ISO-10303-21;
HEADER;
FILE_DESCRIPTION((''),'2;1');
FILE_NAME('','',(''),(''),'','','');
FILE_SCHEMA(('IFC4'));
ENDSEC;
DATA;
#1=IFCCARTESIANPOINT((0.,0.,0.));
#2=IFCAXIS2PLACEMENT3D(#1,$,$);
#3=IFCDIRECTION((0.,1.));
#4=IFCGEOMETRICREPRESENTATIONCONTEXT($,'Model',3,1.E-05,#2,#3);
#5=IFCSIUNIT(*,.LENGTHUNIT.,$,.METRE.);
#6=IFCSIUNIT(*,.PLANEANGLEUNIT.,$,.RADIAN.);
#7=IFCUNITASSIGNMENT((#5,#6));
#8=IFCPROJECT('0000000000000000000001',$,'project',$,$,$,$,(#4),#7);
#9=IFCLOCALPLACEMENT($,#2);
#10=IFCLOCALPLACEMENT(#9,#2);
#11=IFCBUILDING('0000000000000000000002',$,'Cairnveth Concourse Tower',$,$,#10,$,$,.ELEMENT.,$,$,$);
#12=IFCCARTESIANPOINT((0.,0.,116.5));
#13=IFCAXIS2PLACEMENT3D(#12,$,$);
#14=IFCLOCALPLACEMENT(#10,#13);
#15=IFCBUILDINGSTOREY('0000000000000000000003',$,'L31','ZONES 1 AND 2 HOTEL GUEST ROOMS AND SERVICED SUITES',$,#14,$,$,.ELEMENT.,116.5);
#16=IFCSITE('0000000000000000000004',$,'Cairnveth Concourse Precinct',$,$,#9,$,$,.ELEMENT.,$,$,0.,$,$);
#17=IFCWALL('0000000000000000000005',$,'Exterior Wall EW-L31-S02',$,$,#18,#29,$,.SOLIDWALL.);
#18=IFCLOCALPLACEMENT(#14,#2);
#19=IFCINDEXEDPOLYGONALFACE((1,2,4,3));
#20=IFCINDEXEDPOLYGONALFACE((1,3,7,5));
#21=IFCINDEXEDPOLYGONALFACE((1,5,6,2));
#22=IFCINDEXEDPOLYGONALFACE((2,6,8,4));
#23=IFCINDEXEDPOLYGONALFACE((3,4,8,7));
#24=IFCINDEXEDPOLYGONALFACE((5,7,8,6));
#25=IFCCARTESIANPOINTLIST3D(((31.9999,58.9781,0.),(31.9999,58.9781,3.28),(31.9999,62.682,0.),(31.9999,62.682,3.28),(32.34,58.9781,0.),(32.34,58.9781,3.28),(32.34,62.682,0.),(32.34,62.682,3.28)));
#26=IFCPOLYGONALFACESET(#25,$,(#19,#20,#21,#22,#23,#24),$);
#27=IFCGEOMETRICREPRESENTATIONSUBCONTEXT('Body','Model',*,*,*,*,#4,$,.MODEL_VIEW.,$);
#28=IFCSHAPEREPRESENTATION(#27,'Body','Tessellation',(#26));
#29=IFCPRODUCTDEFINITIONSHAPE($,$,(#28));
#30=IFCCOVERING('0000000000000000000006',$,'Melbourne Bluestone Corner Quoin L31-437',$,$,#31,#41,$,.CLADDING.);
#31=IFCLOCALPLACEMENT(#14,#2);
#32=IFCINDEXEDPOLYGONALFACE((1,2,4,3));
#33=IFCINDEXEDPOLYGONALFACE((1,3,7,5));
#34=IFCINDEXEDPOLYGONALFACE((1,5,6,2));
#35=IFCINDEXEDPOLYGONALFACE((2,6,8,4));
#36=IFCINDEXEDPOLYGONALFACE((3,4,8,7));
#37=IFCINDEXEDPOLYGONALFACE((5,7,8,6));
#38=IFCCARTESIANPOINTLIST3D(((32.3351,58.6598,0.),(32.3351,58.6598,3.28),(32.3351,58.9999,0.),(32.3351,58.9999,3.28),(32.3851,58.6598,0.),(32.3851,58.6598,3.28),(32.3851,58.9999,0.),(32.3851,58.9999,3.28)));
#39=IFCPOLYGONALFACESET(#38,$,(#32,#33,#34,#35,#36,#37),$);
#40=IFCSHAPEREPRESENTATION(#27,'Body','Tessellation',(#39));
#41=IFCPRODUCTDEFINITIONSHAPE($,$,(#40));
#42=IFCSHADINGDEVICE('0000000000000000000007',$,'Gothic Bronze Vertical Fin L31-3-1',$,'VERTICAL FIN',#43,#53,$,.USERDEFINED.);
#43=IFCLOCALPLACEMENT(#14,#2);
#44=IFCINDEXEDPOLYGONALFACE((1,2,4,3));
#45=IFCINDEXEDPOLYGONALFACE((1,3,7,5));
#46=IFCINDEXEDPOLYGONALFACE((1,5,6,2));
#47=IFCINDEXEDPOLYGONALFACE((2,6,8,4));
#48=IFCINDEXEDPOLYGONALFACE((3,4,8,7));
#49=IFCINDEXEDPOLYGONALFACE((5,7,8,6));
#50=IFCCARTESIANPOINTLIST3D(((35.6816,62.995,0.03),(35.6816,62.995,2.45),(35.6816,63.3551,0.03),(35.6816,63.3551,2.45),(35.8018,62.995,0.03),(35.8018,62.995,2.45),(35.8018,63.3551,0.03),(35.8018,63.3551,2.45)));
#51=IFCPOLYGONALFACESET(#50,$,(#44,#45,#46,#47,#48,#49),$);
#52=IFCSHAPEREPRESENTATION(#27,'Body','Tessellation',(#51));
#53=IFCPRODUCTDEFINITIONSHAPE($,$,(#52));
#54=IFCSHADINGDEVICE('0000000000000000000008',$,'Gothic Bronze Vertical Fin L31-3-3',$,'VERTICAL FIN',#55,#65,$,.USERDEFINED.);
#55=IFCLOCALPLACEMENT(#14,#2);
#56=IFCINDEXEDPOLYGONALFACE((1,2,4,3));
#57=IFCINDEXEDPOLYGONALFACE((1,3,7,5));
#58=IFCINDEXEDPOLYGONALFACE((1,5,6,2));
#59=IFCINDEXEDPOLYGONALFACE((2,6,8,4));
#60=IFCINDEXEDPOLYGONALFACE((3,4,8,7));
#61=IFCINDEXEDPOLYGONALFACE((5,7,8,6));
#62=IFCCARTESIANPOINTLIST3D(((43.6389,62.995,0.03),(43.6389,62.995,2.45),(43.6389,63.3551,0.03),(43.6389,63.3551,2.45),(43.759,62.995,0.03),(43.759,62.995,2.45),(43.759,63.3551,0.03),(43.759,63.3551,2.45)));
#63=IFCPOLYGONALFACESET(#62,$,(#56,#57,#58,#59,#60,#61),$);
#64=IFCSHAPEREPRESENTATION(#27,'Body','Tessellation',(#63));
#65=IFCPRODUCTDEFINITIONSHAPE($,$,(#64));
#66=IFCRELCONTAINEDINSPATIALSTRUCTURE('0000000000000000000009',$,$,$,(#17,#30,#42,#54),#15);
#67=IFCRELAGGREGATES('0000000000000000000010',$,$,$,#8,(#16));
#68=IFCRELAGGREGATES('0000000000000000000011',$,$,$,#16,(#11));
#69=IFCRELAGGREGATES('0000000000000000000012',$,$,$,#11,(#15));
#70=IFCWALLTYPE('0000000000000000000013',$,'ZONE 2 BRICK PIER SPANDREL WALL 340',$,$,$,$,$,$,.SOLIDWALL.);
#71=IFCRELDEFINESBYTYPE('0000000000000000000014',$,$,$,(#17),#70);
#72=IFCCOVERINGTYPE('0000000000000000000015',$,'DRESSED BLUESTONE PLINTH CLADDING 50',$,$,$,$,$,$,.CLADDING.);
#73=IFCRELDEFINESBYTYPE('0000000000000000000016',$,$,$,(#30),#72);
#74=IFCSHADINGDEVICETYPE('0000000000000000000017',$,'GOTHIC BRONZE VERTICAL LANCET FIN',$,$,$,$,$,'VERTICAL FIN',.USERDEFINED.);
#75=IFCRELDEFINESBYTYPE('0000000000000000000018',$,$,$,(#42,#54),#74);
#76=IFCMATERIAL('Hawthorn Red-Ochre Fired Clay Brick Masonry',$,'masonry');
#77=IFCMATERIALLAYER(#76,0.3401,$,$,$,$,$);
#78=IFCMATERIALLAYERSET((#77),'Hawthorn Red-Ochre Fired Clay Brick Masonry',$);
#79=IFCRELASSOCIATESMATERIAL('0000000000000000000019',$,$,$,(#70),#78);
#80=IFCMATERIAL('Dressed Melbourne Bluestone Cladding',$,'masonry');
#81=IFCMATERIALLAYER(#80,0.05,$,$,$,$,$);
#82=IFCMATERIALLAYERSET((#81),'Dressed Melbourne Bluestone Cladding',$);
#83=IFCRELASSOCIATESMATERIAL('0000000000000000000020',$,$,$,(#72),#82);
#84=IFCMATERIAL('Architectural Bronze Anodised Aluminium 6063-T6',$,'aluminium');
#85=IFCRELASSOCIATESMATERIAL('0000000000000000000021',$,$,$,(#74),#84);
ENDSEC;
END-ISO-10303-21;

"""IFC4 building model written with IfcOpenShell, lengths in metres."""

from ifc_helpers import new_model, si_unit, direction, frame, frame_2d, origin, origin_2d, place, context, subcontext, project, spatial, rectangle, extrude, material, layer, layer_set, type_object, element, save


model = new_model("IFC4")

# Units and contexts
model_context = context("Model", 3, precision=1e-05, world=origin(), true_north=direction((0.0, 1.0)))
body_context = subcontext(model_context, "Body", "Model", "MODEL_VIEW")
ifc_project = project(units=[si_unit("LENGTHUNIT", "METRE"), si_unit("PLANEANGLEUNIT", "RADIAN")], contexts=[model_context])

# Site, building, storey
site_placement = place(None, origin())
site = spatial("IfcSite", under=ifc_project, at=site_placement, Name="Cairnveth Concourse Precinct", CompositionType="ELEMENT", RefElevation=0.0)
building_placement = place(site_placement, origin())
building = spatial("IfcBuilding", under=site, at=building_placement, Name="Cairnveth Concourse Tower", CompositionType="ELEMENT")
storey_placement = place(building_placement, frame((0.0, 0.0, 116.5)))
storey = spatial("IfcBuildingStorey", under=building, at=storey_placement, Name="L31", Description="ZONES 1 AND 2 HOTEL GUEST ROOMS AND SERVICED SUITES", CompositionType="ELEMENT", Elevation=116.5)

# Wall
ifc_material_1 = material(Name="Hawthorn Red-Ochre Fired Clay Brick Masonry", Category="masonry")
ifc_layer_1 = layer(ifc_material_1, 0.3401)
ifc_layer_set_1 = layer_set([ifc_layer_1], Name="Hawthorn Red-Ochre Fired Clay Brick Masonry")
wall_type_1 = type_object("IfcWallType", Name="ZONE 2 BRICK PIER SPANDREL WALL 340", PredefinedType="SOLIDWALL", material=ifc_layer_set_1)
wall_1_placement = place(storey_placement, frame((32.1699, 58.978, 0.0), z_axis=(0.0, 0.0, 1.0), x_axis=(0.0, 1.0, 0.0)))
element("IfcWall", 1, at=wall_1_placement, inside=storey, type_object=wall_type_1, Name="Exterior Wall EW-L31-S02", PredefinedType="SOLIDWALL", context=body_context, shape_type="SweptSolid", body=[
    extrude(rectangle(XDim=3.7039, YDim=0.3401, at=frame_2d((1.8521, 0.0))), origin(), (0.0, 0.0, 1.0), 3.28),
])

# Covering
ifc_material_2 = material(Name="Dressed Melbourne Bluestone Cladding", Category="masonry")
ifc_layer_2 = layer(ifc_material_2, 0.05)
ifc_layer_set_2 = layer_set([ifc_layer_2], Name="Dressed Melbourne Bluestone Cladding")
covering_type = type_object("IfcCoveringType", Name="DRESSED BLUESTONE PLINTH CLADDING 50", PredefinedType="CLADDING", material=ifc_layer_set_2)
covering_placement = place(storey_placement, frame((32.3601, 58.6599, 0.0), z_axis=(0.0, 0.0, 1.0), x_axis=(0.0, 1.0, 0.0)))
element("IfcCovering", 2, at=covering_placement, inside=storey, type_object=covering_type, Name="Melbourne Bluestone Corner Quoin L31-437", PredefinedType="CLADDING", context=body_context, shape_type="SweptSolid", body=[
    extrude(rectangle(XDim=0.3401, YDim=0.05, at=frame_2d((0.1699, 0.0))), origin(), (0.0, 0.0, 1.0), 3.28),
])

# Shading devices
ifc_material_3 = material(Name="Architectural Bronze Anodised Aluminium 6063-T6", Category="aluminium")
shading_device_type = type_object("IfcShadingDeviceType", Name="GOTHIC BRONZE VERTICAL LANCET FIN", ElementType="VERTICAL FIN", PredefinedType="USERDEFINED", material=ifc_material_3)
for number, where, z_axis, x_axis, name in (
    (3, (35.7417, 63.175, 0.03), (0.0, 0.0, 1.0), (1.0, 0.0, 0.0), "Gothic Bronze Vertical Fin L31-3-1"),
    (4, (43.699, 63.175, 0.03), (0.0, 0.0, 1.0), (1.0, 0.0, 0.0), "Gothic Bronze Vertical Fin L31-3-3"),
):
    element("IfcShadingDevice", number, at=place(storey_placement, frame(where, z_axis=z_axis, x_axis=x_axis)), inside=storey, type_object=shading_device_type, Name=name, ObjectType="VERTICAL FIN", PredefinedType="USERDEFINED", context=body_context, shape_type="SweptSolid", body=[
        extrude(rectangle(XDim=0.1201, YDim=0.3601, at=origin_2d()), origin(), (0.0, 0.0, 1.0), 2.4199),
    ])

save(model, "model.ifc")
